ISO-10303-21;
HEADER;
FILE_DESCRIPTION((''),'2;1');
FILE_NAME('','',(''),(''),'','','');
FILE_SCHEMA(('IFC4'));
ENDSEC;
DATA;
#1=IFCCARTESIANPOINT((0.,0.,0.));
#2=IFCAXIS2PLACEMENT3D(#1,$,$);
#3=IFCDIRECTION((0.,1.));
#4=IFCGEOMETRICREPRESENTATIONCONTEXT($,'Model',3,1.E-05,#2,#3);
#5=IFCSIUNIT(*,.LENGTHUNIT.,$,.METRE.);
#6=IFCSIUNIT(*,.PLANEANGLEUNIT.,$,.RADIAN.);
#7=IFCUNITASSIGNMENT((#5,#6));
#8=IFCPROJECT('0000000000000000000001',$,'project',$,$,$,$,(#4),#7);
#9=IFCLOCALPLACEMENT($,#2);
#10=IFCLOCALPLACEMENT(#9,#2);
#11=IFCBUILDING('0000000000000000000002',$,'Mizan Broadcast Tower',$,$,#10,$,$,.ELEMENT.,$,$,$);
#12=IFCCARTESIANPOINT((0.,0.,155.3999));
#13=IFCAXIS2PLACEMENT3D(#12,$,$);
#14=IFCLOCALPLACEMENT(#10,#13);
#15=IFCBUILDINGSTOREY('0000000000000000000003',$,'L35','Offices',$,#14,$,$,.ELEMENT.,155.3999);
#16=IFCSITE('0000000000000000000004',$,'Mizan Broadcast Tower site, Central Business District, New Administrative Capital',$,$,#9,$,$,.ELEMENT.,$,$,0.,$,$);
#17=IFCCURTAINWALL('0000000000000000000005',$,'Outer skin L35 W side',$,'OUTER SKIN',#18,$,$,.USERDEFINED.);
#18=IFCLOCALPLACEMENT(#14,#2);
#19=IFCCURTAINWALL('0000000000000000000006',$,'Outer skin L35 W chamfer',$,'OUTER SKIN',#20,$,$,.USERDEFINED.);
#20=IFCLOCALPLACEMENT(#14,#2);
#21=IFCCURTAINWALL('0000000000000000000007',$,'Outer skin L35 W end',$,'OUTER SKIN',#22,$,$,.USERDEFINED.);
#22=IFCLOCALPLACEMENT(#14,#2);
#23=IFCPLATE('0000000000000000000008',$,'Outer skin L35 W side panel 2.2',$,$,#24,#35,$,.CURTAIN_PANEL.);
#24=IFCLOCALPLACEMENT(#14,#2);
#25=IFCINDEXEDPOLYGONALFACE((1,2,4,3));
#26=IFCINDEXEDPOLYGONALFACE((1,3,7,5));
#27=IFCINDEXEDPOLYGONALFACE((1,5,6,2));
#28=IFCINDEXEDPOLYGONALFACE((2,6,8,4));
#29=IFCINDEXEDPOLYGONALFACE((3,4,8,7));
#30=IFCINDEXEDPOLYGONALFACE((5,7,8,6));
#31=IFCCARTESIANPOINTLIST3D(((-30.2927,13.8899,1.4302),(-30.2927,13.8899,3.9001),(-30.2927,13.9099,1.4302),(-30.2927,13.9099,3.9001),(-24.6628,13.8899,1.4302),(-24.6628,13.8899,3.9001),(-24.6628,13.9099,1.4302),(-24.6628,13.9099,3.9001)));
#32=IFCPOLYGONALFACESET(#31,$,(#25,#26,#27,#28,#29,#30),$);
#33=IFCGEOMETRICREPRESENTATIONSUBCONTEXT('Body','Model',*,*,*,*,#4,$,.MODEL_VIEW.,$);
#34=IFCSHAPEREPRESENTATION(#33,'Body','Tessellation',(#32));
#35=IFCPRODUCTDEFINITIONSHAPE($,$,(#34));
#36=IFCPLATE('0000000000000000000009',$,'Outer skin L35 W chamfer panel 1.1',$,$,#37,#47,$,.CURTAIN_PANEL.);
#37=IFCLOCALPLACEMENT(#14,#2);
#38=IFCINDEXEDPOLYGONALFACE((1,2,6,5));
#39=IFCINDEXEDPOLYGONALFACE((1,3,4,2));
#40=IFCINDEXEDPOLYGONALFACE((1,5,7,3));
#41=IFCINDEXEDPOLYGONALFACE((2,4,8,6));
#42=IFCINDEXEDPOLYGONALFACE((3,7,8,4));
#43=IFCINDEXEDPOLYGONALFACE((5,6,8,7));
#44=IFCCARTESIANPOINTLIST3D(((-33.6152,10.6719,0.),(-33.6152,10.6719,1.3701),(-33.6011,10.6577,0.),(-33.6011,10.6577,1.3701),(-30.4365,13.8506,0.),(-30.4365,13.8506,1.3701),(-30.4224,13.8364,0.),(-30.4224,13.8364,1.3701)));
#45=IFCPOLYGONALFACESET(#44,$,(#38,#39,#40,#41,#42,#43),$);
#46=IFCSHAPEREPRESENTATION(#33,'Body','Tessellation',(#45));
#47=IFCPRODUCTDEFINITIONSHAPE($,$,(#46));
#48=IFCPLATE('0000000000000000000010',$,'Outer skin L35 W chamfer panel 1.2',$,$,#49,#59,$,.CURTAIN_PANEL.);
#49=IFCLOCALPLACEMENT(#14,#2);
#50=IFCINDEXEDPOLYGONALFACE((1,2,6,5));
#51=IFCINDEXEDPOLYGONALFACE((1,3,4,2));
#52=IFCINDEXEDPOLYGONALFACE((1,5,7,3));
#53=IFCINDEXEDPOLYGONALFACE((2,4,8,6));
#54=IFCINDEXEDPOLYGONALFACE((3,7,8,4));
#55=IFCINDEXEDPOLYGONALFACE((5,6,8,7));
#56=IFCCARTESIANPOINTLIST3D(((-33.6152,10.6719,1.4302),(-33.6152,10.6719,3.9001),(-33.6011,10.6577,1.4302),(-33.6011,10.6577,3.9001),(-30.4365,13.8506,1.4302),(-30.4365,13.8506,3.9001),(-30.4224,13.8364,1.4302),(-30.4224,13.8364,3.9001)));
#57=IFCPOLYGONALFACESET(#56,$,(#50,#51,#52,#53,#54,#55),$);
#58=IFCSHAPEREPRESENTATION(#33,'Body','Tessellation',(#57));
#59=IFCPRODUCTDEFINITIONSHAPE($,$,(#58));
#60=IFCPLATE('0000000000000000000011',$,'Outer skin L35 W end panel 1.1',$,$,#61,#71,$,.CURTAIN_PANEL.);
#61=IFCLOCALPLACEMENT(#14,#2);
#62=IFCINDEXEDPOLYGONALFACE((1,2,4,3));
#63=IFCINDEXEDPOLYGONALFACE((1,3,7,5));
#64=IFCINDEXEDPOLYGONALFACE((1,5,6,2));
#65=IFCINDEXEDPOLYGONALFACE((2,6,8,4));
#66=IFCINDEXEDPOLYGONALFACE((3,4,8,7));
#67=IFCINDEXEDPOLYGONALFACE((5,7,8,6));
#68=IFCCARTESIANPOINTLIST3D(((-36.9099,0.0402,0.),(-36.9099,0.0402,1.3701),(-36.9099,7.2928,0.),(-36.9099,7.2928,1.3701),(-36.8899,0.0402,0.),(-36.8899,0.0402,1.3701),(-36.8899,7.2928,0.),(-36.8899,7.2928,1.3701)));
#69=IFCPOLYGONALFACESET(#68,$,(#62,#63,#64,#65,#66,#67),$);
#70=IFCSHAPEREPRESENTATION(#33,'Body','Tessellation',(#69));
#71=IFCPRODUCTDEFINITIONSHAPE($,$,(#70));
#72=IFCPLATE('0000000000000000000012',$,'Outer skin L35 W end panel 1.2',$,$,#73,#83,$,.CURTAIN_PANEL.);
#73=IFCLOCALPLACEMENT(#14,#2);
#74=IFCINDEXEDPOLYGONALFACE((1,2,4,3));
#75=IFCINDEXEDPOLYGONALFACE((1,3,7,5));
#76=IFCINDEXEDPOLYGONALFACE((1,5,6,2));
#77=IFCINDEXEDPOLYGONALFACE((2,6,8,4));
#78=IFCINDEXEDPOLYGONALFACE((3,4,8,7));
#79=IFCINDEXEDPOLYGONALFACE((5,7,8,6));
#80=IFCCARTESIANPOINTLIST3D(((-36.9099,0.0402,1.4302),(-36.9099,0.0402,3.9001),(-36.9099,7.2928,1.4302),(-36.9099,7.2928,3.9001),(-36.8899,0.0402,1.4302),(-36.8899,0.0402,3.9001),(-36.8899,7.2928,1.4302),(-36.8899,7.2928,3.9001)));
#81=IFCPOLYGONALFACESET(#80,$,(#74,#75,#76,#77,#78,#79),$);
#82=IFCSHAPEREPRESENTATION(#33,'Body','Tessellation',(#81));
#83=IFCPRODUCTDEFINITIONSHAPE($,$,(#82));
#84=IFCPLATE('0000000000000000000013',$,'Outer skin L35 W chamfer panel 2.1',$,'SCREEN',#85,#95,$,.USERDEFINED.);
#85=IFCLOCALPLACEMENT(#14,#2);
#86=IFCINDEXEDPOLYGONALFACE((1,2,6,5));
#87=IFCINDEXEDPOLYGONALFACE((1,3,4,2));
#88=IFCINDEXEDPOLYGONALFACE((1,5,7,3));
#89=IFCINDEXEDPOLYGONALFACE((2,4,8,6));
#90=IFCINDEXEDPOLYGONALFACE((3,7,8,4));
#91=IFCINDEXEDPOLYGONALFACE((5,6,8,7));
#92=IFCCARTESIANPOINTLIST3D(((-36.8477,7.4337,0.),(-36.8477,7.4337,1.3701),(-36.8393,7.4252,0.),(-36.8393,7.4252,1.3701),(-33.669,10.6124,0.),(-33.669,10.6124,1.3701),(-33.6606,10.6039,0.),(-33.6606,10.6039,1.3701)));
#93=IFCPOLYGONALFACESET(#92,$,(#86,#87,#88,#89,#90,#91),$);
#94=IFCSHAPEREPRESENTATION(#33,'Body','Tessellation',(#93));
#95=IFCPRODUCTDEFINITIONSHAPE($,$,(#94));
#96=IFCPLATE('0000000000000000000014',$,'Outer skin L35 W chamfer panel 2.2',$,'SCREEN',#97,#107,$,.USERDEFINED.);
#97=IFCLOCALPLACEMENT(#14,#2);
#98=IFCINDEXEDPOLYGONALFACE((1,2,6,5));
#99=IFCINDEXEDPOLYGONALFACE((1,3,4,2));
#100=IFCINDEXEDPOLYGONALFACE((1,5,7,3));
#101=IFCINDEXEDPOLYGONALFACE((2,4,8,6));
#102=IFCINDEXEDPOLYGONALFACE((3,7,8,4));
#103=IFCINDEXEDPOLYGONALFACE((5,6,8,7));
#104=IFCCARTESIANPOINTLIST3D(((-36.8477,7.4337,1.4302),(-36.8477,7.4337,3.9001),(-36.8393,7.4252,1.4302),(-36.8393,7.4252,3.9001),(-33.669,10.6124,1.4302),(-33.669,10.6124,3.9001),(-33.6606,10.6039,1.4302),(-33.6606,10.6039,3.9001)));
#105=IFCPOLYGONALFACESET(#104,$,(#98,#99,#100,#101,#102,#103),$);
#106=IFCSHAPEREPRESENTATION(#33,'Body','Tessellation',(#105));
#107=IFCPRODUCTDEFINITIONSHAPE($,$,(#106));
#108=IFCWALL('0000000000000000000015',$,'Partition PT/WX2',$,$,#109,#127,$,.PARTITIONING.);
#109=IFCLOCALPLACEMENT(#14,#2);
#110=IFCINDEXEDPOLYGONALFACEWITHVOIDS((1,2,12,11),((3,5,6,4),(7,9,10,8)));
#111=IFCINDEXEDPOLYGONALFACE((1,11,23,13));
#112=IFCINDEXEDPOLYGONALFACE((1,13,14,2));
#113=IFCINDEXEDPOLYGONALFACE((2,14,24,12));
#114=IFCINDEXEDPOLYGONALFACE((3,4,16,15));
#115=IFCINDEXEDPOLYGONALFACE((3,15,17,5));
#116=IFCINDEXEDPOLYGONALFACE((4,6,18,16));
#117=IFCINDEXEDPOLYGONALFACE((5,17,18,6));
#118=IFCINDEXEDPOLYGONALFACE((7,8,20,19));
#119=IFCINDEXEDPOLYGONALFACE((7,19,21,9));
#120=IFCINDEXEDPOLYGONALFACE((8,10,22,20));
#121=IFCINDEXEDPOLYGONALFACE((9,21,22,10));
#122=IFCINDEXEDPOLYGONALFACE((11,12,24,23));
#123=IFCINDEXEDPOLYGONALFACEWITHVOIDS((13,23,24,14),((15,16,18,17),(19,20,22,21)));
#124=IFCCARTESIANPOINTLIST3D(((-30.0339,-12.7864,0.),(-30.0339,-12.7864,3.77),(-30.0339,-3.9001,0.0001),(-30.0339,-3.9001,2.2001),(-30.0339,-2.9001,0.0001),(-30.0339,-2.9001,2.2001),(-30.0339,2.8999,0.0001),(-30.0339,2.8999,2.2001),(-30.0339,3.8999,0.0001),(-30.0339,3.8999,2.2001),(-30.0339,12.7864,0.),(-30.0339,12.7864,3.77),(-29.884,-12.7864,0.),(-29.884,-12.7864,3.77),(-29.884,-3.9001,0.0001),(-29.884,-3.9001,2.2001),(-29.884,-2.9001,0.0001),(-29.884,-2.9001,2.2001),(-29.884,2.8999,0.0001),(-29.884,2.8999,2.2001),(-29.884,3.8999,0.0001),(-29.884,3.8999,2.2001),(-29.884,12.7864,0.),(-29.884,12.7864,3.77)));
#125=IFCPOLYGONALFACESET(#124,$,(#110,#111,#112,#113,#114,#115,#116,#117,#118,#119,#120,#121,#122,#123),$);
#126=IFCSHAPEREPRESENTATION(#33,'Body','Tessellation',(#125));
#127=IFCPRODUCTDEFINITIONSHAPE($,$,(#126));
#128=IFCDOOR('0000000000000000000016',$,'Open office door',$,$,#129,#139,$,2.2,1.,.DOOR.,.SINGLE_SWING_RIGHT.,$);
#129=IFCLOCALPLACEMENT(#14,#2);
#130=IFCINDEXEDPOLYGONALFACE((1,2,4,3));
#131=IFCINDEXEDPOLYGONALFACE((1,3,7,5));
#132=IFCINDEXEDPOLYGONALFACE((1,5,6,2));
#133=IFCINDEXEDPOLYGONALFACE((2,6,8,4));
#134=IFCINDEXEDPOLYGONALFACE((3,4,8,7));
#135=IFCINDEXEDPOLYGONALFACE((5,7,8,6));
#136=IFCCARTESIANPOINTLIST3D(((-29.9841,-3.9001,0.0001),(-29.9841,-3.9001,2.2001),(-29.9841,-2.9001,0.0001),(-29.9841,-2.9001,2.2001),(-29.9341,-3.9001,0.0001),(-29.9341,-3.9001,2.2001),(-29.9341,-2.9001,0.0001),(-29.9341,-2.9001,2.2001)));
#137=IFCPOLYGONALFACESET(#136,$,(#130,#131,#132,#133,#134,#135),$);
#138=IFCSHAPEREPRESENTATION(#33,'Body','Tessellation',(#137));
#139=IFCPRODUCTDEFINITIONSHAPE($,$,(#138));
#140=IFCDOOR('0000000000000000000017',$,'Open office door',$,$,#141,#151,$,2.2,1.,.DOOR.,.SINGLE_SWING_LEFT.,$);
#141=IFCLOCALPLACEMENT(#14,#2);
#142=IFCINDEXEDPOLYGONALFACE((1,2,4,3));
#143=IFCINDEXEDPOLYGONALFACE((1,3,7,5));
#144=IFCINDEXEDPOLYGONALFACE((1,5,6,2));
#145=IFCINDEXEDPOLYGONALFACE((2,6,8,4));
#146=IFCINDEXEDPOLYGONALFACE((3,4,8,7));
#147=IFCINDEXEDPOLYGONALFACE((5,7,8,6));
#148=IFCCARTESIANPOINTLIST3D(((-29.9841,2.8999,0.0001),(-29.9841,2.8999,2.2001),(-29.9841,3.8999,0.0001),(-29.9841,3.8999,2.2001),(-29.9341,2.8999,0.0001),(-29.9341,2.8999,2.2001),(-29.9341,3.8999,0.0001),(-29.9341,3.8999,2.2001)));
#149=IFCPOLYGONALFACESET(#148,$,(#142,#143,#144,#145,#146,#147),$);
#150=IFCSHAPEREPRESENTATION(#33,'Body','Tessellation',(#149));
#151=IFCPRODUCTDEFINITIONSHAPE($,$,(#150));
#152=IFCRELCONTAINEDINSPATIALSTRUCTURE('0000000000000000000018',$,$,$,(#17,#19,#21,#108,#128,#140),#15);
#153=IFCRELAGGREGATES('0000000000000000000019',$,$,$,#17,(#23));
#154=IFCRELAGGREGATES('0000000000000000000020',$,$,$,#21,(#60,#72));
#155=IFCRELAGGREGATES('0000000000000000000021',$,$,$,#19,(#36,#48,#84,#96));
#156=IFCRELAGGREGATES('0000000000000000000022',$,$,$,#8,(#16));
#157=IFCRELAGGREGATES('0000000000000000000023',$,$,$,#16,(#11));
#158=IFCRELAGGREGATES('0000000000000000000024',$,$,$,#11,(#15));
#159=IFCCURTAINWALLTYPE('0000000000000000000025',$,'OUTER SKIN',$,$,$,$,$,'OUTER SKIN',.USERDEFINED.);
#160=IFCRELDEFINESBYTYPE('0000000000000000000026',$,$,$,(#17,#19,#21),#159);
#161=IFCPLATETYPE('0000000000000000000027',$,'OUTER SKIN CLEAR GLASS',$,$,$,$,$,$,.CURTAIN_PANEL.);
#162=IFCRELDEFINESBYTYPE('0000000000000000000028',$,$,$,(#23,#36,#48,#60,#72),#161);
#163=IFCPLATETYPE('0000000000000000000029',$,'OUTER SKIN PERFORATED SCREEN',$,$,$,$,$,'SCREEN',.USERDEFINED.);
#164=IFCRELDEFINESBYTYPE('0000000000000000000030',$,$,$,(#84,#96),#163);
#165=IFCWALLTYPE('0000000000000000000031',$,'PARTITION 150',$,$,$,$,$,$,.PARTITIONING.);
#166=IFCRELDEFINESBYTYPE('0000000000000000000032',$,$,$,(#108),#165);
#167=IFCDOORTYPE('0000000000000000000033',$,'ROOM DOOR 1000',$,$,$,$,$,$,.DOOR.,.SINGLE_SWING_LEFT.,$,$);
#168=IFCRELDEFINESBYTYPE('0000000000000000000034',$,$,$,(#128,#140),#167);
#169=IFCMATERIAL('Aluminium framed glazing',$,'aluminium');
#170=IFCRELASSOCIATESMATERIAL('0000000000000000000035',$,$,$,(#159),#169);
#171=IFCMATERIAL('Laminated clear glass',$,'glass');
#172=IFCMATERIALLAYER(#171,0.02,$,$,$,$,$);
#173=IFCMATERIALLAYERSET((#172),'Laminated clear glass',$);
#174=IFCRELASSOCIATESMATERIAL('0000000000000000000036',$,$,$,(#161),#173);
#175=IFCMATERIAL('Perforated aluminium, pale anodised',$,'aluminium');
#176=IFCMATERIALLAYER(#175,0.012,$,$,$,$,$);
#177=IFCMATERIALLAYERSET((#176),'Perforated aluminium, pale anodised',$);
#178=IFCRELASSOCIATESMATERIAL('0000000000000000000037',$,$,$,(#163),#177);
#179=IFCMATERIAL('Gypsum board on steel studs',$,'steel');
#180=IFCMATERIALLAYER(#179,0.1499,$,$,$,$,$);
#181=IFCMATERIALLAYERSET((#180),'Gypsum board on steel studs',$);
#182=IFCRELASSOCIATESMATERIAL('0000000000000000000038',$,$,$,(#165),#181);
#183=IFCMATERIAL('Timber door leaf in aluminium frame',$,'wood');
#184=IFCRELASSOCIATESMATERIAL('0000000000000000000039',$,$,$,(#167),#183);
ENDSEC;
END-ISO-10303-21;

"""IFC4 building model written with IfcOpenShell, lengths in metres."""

from ifc_helpers import new_model, si_unit, direction, frame, frame_2d, origin, origin_2d, place, context, subcontext, project, spatial, rectangle, extrude, material, layer, layer_set, type_object, element, fill, aggregate, save


model = new_model("IFC4")

# Units and contexts
model_context = context("Model", 3, precision=1e-05, world=origin(), true_north=direction((0.0, 1.0)))
body_context = subcontext(model_context, "Body", "Model", "MODEL_VIEW")
ifc_project = project(units=[si_unit("LENGTHUNIT", "METRE"), si_unit("PLANEANGLEUNIT", "RADIAN")], contexts=[model_context])

# Site, building, storey
site_placement = place(None, origin())
site = spatial("IfcSite", under=ifc_project, at=site_placement, Name="Mizan Broadcast Tower site, Central Business District, New Administrative Capital", CompositionType="ELEMENT", RefElevation=0.0)
building_placement = place(site_placement, origin())
building = spatial("IfcBuilding", under=site, at=building_placement, Name="Mizan Broadcast Tower", CompositionType="ELEMENT")
storey_placement = place(building_placement, frame((0.0, 0.0, 155.3999)))
storey = spatial("IfcBuildingStorey", under=building, at=storey_placement, Name="L35", Description="Offices", CompositionType="ELEMENT", Elevation=155.3999)

# Curtain wall
ifc_material_1 = material(Name="Aluminium framed glazing", Category="aluminium")
curtain_wall_type_1 = type_object("IfcCurtainWallType", Name="OUTER SKIN", ElementType="OUTER SKIN", PredefinedType="USERDEFINED", material=ifc_material_1)
curtain_wall_1_placement = place(storey_placement, origin())
curtain_wall_1 = element("IfcCurtainWall", 1, at=curtain_wall_1_placement, inside=storey, type_object=curtain_wall_type_1, Name="Outer skin L35 W side", ObjectType="OUTER SKIN", PredefinedType="USERDEFINED")

# Curtain wall
curtain_wall_2_placement = place(storey_placement, origin())
curtain_wall_2 = element("IfcCurtainWall", 2, at=curtain_wall_2_placement, inside=storey, type_object=curtain_wall_type_1, Name="Outer skin L35 W chamfer", ObjectType="OUTER SKIN", PredefinedType="USERDEFINED")

# Curtain wall
curtain_wall_3_placement = place(storey_placement, origin())
curtain_wall_3 = element("IfcCurtainWall", 3, at=curtain_wall_3_placement, inside=storey, type_object=curtain_wall_type_1, Name="Outer skin L35 W end", ObjectType="OUTER SKIN", PredefinedType="USERDEFINED")

# Plates
ifc_material_2 = material(Name="Laminated clear glass", Category="glass")
ifc_layer_1 = layer(ifc_material_2, 0.02)
ifc_layer_set_1 = layer_set([ifc_layer_1], Name="Laminated clear glass")
plate_type_1 = type_object("IfcPlateType", Name="OUTER SKIN CLEAR GLASS", PredefinedType="CURTAIN_PANEL", material=ifc_layer_set_1)
plate_1_placement = place(storey_placement, frame((-27.4778, 13.8999, 1.4302), z_axis=(0.0, 0.0, 1.0), x_axis=(-1.0, 0.0, 0.0)))
plate_1 = element("IfcPlate", 4, at=plate_1_placement, type_object=plate_type_1, Name="Outer skin L35 W side panel 2.2", PredefinedType="CURTAIN_PANEL", context=body_context, shape_type="SweptSolid", body=[
    extrude(rectangle(XDim=5.6299, YDim=0.02, at=origin_2d()), origin(), (0.0, 0.0, 1.0), 2.47),
])
aggregate(curtain_wall_1, [plate_1])
plate_2_placement = place(storey_placement, frame((-32.0188, 12.2542, 0.0), z_axis=(0.0, 0.0, 1.0), x_axis=(-0.707107, -0.707107, 0.0)))
plate_2 = element("IfcPlate", 5, at=plate_2_placement, type_object=plate_type_1, Name="Outer skin L35 W chamfer panel 1.1", PredefinedType="CURTAIN_PANEL", context=body_context, shape_type="SweptSolid", body=[
    extrude(rectangle(XDim=4.4954, YDim=0.02, at=origin_2d()), origin(), (0.0, 0.0, 1.0), 1.3701),
])
plate_3_placement = place(storey_placement, frame((-32.0188, 12.2542, 1.4302), z_axis=(0.0, 0.0, 1.0), x_axis=(-0.707107, -0.707107, 0.0)))
plate_3 = element("IfcPlate", 6, at=plate_3_placement, type_object=plate_type_1, Name="Outer skin L35 W chamfer panel 1.2", PredefinedType="CURTAIN_PANEL", context=body_context, shape_type="SweptSolid", body=[
    extrude(rectangle(XDim=4.4954, YDim=0.02, at=origin_2d()), origin(), (0.0, 0.0, 1.0), 2.47),
])
plate_4_placement = place(storey_placement, frame((-36.8999, 3.6665, 0.0), z_axis=(0.0, 0.0, 1.0), x_axis=(0.0, -1.0, 0.0)))
plate_4 = element("IfcPlate", 7, at=plate_4_placement, type_object=plate_type_1, Name="Outer skin L35 W end panel 1.1", PredefinedType="CURTAIN_PANEL", context=body_context, shape_type="SweptSolid", body=[
    extrude(rectangle(XDim=7.2527, YDim=0.02, at=origin_2d()), origin(), (0.0, 0.0, 1.0), 1.3701),
])
plate_5_placement = place(storey_placement, frame((-36.8999, 3.6665, 1.4302), z_axis=(0.0, 0.0, 1.0), x_axis=(0.0, -1.0, 0.0)))
plate_5 = element("IfcPlate", 8, at=plate_5_placement, type_object=plate_type_1, Name="Outer skin L35 W end panel 1.2", PredefinedType="CURTAIN_PANEL", context=body_context, shape_type="SweptSolid", body=[
    extrude(rectangle(XDim=7.2527, YDim=0.02, at=origin_2d()), origin(), (0.0, 0.0, 1.0), 2.47),
])
aggregate(curtain_wall_3, [plate_4, plate_5])
ifc_material_3 = material(Name="Perforated aluminium, pale anodised", Category="aluminium")
ifc_layer_2 = layer(ifc_material_3, 0.012)
ifc_layer_set_2 = layer_set([ifc_layer_2], Name="Perforated aluminium, pale anodised")
plate_type_2 = type_object("IfcPlateType", Name="OUTER SKIN PERFORATED SCREEN", ElementType="SCREEN", PredefinedType="USERDEFINED", material=ifc_layer_set_2)
plate_6_placement = place(storey_placement, frame((-35.2542, 9.0188, 0.0), z_axis=(0.0, 0.0, 1.0), x_axis=(-0.707107, -0.707107, 0.0)))
plate_6 = element("IfcPlate", 9, at=plate_6_placement, type_object=plate_type_2, Name="Outer skin L35 W chamfer panel 2.1", ObjectType="SCREEN", PredefinedType="USERDEFINED", context=body_context, shape_type="SweptSolid", body=[
    extrude(rectangle(XDim=4.4954, YDim=0.012, at=origin_2d()), origin(), (0.0, 0.0, 1.0), 1.3701),
])
plate_7_placement = place(storey_placement, frame((-35.2542, 9.0188, 1.4302), z_axis=(0.0, 0.0, 1.0), x_axis=(-0.707107, -0.707107, 0.0)))
plate_7 = element("IfcPlate", 10, at=plate_7_placement, type_object=plate_type_2, Name="Outer skin L35 W chamfer panel 2.2", ObjectType="SCREEN", PredefinedType="USERDEFINED", context=body_context, shape_type="SweptSolid", body=[
    extrude(rectangle(XDim=4.4954, YDim=0.012, at=origin_2d()), origin(), (0.0, 0.0, 1.0), 2.47),
])
aggregate(curtain_wall_2, [plate_2, plate_3, plate_6, plate_7])

# Wall, openings, doors
ifc_material_4 = material(Name="Gypsum board on steel studs", Category="steel")
ifc_layer_3 = layer(ifc_material_4, 0.1499)
ifc_layer_set_3 = layer_set([ifc_layer_3], Name="Gypsum board on steel studs")
wall_type = type_object("IfcWallType", Name="PARTITION 150", PredefinedType="PARTITIONING", material=ifc_layer_set_3)
wall_placement = place(storey_placement, frame((-29.959, 12.7864, 0.0), z_axis=(0.0, 0.0, 1.0), x_axis=(0.0, -1.0, 0.0)))
wall = element("IfcWall", 11, at=wall_placement, inside=storey, type_object=wall_type, Name="Partition PT/WX2", PredefinedType="PARTITIONING", context=body_context, shape_type="SweptSolid", body=[
    extrude(rectangle(XDim=25.5728, YDim=0.1499, at=frame_2d((12.7864, 0.0))), origin(), (0.0, 0.0, 1.0), 3.77),
])
opening_1_placement = place(wall_placement, frame((15.6865, 0.0, 0.0)))
opening_1 = element("IfcOpeningElement", 12, at=opening_1_placement, cuts=wall, PredefinedType="OPENING", context=body_context, shape_type="SweptSolid", body=[
    extrude(rectangle(XDim=1.0, YDim=2.2, at=frame_2d((0.5, 1.1001))), frame((0.0, 0.085, 0.0), z_axis=(0.0, -1.0, 0.0), x_axis=(1.0, 0.0, 0.0)), (0.0, 0.0, 1.0), 0.1699),
])
opening_2_placement = place(wall_placement, frame((8.8865, 0.0, 0.0)))
opening_2 = element("IfcOpeningElement", 13, at=opening_2_placement, cuts=wall, PredefinedType="OPENING", context=body_context, shape_type="SweptSolid", body=[
    extrude(rectangle(XDim=1.0, YDim=2.2, at=frame_2d((0.5, 1.1001))), frame((0.0, 0.085, 0.0), z_axis=(0.0, -1.0, 0.0), x_axis=(1.0, 0.0, 0.0)), (0.0, 0.0, 1.0), 0.1699),
])
ifc_material_5 = material(Name="Timber door leaf in aluminium frame", Category="wood")
door_type = type_object("IfcDoorType", Name="ROOM DOOR 1000", OperationType="SINGLE_SWING_LEFT", PredefinedType="DOOR", material=ifc_material_5)
door_1_placement = place(opening_1_placement, origin())
door_1 = element("IfcDoor", 14, at=door_1_placement, inside=storey, type_object=door_type, Name="Open office door", OperationType="SINGLE_SWING_RIGHT", OverallHeight=2.2, OverallWidth=1.0, PredefinedType="DOOR", context=body_context, shape_type="SweptSolid", body=[
    extrude(rectangle(XDim=1.0, YDim=2.2, at=frame_2d((0.5, 1.1001))), frame((0.0, 0.0249, 0.0), z_axis=(0.0, -1.0, 0.0), x_axis=(1.0, 0.0, 0.0)), (0.0, 0.0, 1.0), 0.05),
])
fill(opening_1, door_1)
door_2_placement = place(opening_2_placement, origin())
door_2 = element("IfcDoor", 15, at=door_2_placement, inside=storey, type_object=door_type, Name="Open office door", OperationType="SINGLE_SWING_LEFT", OverallHeight=2.2, OverallWidth=1.0, PredefinedType="DOOR", context=body_context, shape_type="SweptSolid", body=[
    extrude(rectangle(XDim=1.0, YDim=2.2, at=frame_2d((0.5, 1.1001))), frame((0.0, 0.0249, 0.0), z_axis=(0.0, -1.0, 0.0), x_axis=(1.0, 0.0, 0.0)), (0.0, 0.0, 1.0), 0.05),
])
fill(opening_2, door_2)

save(model, "model.ifc")
